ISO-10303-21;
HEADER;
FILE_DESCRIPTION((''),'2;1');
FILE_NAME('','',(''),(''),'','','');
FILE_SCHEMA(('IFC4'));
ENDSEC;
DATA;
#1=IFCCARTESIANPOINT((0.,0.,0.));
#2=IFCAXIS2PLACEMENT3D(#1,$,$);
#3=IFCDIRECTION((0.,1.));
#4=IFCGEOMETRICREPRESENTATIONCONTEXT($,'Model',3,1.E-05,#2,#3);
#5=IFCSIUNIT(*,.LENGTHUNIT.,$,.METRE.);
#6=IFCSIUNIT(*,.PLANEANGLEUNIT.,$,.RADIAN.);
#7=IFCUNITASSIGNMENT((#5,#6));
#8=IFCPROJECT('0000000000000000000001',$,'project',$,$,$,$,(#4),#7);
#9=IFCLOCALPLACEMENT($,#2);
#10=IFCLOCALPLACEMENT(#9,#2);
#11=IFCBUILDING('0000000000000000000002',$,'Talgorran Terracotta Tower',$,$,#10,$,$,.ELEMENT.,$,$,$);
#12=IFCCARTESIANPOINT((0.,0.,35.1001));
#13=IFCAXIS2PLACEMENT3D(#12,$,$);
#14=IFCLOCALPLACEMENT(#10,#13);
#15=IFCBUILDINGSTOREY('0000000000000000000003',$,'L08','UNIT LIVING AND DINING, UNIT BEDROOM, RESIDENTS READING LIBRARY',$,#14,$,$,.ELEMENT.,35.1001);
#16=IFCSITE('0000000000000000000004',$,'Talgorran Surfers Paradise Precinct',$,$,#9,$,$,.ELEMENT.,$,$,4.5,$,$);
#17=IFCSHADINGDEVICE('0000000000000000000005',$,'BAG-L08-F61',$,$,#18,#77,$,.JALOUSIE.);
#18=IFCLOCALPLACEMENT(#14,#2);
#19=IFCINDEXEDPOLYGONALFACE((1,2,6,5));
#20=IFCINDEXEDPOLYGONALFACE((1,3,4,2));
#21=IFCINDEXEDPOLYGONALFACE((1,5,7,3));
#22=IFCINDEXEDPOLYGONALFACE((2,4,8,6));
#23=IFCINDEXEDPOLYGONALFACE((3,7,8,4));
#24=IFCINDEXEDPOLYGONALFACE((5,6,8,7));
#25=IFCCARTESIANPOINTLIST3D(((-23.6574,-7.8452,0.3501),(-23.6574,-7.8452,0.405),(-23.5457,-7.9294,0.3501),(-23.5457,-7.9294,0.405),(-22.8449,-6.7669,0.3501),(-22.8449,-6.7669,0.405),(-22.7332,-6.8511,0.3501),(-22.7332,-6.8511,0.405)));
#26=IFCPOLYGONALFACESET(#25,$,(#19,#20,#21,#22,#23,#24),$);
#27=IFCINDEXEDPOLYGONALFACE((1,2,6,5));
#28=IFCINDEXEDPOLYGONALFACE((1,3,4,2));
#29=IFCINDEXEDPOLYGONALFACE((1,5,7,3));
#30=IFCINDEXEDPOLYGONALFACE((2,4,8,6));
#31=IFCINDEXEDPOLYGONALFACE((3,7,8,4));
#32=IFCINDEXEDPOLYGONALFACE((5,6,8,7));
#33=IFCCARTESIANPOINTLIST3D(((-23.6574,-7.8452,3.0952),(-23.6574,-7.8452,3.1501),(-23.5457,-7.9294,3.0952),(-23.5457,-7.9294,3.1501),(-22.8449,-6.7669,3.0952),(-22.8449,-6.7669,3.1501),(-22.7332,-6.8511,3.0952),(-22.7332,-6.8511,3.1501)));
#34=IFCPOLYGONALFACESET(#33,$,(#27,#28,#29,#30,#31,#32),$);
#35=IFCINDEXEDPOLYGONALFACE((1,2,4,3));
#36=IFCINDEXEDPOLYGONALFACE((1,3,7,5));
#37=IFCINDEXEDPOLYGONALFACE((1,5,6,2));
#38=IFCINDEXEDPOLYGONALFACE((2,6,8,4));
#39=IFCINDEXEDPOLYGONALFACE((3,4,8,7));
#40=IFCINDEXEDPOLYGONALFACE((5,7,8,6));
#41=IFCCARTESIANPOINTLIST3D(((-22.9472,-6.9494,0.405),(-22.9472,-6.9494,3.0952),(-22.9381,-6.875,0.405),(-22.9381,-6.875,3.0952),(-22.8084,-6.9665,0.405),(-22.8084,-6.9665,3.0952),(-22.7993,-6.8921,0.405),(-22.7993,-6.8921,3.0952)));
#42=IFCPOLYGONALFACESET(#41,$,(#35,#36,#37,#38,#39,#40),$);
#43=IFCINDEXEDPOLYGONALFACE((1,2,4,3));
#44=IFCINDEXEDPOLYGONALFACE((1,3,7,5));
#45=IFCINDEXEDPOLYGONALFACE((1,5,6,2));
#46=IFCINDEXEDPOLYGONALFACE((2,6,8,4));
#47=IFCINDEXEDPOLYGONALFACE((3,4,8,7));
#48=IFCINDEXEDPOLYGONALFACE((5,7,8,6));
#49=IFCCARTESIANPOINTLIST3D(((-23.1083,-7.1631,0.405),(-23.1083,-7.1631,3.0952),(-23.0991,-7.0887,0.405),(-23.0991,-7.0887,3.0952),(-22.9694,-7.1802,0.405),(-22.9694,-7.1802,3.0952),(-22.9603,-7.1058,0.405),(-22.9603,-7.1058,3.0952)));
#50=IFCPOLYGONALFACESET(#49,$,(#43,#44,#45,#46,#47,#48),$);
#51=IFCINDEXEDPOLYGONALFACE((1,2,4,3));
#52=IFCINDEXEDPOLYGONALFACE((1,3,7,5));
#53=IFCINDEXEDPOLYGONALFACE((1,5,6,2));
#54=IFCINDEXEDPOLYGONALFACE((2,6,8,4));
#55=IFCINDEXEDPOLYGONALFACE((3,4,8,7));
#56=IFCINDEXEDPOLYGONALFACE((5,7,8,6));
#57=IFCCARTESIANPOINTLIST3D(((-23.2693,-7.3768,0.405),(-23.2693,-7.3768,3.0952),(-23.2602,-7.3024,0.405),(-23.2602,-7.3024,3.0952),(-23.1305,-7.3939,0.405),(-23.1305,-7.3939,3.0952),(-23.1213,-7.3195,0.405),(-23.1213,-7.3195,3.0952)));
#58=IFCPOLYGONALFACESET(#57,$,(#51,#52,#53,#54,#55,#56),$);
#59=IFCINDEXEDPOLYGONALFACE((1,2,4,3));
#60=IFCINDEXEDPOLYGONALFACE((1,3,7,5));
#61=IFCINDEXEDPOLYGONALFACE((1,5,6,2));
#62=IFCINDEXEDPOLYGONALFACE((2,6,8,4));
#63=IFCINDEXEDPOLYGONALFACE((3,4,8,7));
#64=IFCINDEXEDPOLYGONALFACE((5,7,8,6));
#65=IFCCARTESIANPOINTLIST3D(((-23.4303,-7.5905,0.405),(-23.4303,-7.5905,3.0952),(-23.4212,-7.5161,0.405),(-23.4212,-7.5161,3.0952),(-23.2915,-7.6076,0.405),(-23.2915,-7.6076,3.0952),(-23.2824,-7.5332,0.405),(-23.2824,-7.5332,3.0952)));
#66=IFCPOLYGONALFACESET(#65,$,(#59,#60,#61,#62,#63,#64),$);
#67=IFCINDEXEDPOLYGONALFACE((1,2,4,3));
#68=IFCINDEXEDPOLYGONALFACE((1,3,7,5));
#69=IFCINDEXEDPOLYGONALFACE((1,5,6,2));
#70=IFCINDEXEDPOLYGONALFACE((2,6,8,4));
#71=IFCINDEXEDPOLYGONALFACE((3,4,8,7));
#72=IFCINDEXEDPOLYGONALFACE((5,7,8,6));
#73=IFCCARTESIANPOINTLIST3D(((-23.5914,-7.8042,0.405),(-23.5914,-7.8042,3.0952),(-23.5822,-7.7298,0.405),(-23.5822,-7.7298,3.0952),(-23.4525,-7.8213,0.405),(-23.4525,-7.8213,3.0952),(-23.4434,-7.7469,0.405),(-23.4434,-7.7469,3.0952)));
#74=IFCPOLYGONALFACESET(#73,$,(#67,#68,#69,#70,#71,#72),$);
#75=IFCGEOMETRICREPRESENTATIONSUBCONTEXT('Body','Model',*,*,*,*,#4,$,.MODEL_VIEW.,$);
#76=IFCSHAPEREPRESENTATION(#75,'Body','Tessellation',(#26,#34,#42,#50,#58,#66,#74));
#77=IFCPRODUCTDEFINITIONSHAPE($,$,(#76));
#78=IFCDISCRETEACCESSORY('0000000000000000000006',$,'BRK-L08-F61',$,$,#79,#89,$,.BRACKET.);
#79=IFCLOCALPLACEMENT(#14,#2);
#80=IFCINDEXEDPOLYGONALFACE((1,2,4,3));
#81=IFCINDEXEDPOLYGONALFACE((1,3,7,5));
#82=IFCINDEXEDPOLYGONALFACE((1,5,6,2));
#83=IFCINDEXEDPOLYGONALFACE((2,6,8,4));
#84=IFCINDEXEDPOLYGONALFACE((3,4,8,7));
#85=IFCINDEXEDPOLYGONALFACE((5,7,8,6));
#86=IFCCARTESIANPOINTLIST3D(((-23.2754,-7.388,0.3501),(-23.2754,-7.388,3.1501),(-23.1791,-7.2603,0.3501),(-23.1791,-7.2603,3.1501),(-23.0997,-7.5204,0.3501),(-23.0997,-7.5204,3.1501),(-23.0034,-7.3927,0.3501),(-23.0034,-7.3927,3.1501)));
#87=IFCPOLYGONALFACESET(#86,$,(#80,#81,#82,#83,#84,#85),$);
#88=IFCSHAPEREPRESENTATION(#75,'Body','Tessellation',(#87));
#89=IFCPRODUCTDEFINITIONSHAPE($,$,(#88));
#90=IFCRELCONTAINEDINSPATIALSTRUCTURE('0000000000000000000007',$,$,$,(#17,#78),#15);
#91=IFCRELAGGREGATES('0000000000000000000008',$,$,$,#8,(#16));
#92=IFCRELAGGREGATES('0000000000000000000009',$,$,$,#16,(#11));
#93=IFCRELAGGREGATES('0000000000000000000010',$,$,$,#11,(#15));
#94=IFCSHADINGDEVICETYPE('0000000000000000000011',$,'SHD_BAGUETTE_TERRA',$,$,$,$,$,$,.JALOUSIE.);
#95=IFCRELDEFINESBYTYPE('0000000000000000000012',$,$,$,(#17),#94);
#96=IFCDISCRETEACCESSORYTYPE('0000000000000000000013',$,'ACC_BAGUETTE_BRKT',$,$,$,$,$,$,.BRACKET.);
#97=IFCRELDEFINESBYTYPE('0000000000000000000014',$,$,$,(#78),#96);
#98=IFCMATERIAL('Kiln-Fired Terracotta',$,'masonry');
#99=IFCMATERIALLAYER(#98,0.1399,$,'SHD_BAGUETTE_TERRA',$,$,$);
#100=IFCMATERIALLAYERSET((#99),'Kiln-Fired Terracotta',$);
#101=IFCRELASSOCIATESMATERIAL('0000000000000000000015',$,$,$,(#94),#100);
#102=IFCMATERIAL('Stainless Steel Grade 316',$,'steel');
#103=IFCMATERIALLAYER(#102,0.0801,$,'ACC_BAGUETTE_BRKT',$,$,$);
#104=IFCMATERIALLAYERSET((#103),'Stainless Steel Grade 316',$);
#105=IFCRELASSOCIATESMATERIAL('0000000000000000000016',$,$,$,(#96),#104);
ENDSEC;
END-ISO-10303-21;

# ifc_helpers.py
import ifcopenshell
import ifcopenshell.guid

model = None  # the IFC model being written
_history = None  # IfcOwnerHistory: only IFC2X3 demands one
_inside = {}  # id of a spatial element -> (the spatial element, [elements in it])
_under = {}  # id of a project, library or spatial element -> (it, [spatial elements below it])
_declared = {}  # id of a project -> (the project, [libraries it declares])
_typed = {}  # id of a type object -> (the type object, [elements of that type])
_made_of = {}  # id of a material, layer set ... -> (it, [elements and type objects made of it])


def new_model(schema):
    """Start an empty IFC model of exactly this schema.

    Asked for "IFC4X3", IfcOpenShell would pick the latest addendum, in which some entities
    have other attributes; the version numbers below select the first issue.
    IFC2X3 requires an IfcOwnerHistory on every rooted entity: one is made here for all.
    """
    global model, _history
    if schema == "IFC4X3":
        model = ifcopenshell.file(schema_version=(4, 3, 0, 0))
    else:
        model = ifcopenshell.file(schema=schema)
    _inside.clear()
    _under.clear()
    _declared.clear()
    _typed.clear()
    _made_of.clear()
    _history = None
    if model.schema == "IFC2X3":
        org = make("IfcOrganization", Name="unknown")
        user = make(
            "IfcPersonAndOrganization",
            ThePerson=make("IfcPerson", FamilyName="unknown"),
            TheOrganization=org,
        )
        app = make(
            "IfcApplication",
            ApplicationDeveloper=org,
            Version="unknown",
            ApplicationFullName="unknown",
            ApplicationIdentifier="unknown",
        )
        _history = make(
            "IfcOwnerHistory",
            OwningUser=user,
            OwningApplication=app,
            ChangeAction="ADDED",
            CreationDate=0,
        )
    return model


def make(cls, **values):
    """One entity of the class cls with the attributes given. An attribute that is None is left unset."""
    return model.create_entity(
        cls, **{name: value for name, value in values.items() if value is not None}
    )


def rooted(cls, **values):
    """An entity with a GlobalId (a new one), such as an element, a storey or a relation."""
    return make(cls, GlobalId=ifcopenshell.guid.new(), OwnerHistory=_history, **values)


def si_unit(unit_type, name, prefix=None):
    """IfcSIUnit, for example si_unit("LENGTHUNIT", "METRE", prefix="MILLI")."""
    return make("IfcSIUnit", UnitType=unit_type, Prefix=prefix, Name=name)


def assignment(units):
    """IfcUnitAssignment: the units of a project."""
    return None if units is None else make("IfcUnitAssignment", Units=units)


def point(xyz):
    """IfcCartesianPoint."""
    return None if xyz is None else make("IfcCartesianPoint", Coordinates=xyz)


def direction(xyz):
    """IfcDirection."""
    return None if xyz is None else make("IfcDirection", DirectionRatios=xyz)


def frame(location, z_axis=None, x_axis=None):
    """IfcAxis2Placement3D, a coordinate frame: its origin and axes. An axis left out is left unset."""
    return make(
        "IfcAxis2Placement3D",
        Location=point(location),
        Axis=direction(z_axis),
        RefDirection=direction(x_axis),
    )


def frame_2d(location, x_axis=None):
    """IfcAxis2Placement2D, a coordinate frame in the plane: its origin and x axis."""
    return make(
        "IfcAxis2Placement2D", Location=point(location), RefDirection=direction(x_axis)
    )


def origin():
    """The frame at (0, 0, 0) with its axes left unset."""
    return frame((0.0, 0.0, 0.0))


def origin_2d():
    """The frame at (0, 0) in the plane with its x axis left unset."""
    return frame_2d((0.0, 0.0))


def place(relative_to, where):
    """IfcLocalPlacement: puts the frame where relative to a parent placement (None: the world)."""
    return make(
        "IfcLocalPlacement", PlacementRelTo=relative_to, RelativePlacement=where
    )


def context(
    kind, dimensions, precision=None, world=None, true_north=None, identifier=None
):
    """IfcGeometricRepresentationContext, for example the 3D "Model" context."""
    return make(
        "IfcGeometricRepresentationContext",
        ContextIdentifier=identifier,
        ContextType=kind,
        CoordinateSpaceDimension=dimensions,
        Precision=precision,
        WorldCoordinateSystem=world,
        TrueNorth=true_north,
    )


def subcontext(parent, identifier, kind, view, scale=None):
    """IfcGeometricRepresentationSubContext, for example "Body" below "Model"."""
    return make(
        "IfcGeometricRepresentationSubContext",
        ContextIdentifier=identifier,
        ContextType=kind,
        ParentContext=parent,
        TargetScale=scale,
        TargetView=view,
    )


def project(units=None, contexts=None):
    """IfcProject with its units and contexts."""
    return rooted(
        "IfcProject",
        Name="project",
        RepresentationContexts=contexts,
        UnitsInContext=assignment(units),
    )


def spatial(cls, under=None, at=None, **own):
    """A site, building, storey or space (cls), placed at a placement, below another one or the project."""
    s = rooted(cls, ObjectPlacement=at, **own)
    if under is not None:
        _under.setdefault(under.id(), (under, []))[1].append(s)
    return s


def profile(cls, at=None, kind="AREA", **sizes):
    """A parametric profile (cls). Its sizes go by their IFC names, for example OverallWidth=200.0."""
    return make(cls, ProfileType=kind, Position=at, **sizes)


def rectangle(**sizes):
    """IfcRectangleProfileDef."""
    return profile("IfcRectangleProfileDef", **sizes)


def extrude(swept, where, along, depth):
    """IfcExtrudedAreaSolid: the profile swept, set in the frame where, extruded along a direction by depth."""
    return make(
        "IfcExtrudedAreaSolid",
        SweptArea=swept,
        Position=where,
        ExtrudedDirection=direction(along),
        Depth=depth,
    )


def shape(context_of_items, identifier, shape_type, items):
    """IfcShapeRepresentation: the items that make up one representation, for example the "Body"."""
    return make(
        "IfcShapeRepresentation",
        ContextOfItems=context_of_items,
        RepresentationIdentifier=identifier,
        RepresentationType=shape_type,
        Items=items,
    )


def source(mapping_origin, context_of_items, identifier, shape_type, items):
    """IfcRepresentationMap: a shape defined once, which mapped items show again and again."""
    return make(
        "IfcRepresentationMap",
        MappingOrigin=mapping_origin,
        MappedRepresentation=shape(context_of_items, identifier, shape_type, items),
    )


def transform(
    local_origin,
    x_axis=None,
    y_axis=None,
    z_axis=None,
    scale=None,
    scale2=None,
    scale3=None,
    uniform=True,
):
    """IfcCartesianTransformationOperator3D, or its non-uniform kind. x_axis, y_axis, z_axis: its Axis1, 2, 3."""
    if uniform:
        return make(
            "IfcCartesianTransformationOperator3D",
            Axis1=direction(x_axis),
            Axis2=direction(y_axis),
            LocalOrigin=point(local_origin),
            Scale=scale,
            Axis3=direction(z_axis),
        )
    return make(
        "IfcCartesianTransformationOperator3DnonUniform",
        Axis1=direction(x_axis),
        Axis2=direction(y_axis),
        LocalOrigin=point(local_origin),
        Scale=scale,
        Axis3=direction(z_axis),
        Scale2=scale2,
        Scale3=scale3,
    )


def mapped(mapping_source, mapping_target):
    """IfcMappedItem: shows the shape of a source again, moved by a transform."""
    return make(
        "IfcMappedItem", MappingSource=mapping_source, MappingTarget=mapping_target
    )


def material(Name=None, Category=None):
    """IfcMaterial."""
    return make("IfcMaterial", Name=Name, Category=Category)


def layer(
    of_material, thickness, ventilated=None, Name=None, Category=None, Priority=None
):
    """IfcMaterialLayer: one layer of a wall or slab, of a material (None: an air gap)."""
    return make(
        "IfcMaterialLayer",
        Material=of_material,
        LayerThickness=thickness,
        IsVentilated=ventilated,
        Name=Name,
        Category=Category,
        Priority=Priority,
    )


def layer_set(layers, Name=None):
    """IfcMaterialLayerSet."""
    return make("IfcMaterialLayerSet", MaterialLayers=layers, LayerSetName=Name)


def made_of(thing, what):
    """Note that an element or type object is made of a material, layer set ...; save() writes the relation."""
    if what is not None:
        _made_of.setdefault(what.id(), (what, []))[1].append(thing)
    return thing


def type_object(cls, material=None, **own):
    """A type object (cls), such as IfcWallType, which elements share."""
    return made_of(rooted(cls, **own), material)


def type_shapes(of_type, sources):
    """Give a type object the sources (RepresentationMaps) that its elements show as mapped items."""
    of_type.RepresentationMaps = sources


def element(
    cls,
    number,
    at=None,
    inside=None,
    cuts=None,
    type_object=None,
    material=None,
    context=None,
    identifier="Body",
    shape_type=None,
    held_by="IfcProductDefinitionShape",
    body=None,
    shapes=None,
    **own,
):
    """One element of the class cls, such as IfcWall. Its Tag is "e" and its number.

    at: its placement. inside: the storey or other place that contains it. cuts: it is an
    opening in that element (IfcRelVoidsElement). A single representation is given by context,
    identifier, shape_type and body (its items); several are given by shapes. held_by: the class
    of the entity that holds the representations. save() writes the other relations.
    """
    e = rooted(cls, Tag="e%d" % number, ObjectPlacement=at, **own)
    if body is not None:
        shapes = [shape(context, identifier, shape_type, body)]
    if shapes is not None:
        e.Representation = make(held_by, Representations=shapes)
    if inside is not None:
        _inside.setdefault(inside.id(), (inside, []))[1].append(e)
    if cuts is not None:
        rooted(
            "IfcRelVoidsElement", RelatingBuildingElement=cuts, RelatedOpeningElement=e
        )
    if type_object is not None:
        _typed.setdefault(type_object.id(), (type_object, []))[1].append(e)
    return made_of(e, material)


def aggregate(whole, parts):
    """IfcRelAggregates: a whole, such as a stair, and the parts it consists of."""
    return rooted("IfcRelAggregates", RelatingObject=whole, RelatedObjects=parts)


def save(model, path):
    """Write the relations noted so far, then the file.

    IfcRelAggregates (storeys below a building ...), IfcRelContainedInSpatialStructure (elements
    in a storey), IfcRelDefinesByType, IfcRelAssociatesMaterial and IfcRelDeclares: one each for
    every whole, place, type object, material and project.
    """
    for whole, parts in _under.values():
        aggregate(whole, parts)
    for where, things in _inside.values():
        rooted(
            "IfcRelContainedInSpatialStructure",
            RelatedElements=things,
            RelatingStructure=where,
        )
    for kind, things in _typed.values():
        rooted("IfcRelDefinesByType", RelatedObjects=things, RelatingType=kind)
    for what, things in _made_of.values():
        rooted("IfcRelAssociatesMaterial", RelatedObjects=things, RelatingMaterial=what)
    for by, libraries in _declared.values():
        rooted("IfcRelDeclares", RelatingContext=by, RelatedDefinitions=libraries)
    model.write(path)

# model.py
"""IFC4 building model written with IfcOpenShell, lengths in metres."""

from ifc_helpers import new_model, si_unit, direction, frame, origin, origin_2d, place, context, subcontext, project, spatial, rectangle, extrude, source, transform, mapped, material, layer, layer_set, type_object, type_shapes, element, save


model = new_model("IFC4")

# Units and contexts
model_context = context("Model", 3, precision=1e-05, world=origin(), true_north=direction((0.0, 1.0)))
body_context = subcontext(model_context, "Body", "Model", "MODEL_VIEW")
ifc_project = project(units=[si_unit("LENGTHUNIT", "METRE"), si_unit("PLANEANGLEUNIT", "RADIAN")], contexts=[model_context])

# Site, building, storey
site_placement = place(None, origin())
site = spatial("IfcSite", under=ifc_project, at=site_placement, Name="Talgorran Surfers Paradise Precinct", CompositionType="ELEMENT", RefElevation=4.5)
building_placement = place(site_placement, origin())
building = spatial("IfcBuilding", under=site, at=building_placement, Name="Talgorran Terracotta Tower", CompositionType="ELEMENT")
storey_placement = place(building_placement, frame((0.0, 0.0, 35.1001)))
storey = spatial("IfcBuildingStorey", under=building, at=storey_placement, Name="L08", Description="UNIT LIVING AND DINING, UNIT BEDROOM, RESIDENTS READING LIBRARY", CompositionType="ELEMENT", Elevation=35.1001)

# Shading device
ifc_material_1 = material(Name="Kiln-Fired Terracotta", Category="masonry")
ifc_layer_1 = layer(ifc_material_1, 0.1399, Name="SHD_BAGUETTE_TERRA")
ifc_layer_set_1 = layer_set([ifc_layer_1], Name="Kiln-Fired Terracotta")
shading_device_type = type_object("IfcShadingDeviceType", Name="SHD_BAGUETTE_TERRA", PredefinedType="JALOUSIE", material=ifc_layer_set_1)
shared_shape_1 = source(origin(), body_context, "Body", "SweptSolid", [
    extrude(rectangle(XDim=1.3501, YDim=0.1399, at=origin_2d()), origin(), (0.0, 0.0, 1.0), 0.0549),
    extrude(rectangle(XDim=1.3501, YDim=0.1399, at=origin_2d()), frame((0.0, 0.0, 2.7451)), (0.0, 0.0, 1.0), 0.0549),
    extrude(rectangle(XDim=0.075, YDim=0.1399, at=origin_2d()), frame((-0.5352, 0.0, 0.0549), z_axis=(0.0, 0.0, 1.0), x_axis=(0.866025, 0.5, 0.0)), (0.0, 0.0, 1.0), 2.6902),
    extrude(rectangle(XDim=0.075, YDim=0.1399, at=origin_2d()), frame((-0.2676, 0.0, 0.0549), z_axis=(0.0, 0.0, 1.0), x_axis=(0.866025, 0.5, 0.0)), (0.0, 0.0, 1.0), 2.6902),
    extrude(rectangle(XDim=0.075, YDim=0.1399, at=origin_2d()), frame((0.0, 0.0, 0.0549), z_axis=(0.0, 0.0, 1.0), x_axis=(0.866025, 0.5, 0.0)), (0.0, 0.0, 1.0), 2.6902),
    extrude(rectangle(XDim=0.075, YDim=0.1399, at=origin_2d()), frame((0.2676, 0.0, 0.0549), z_axis=(0.0, 0.0, 1.0), x_axis=(0.866025, 0.5, 0.0)), (0.0, 0.0, 1.0), 2.6902),
    extrude(rectangle(XDim=0.075, YDim=0.1399, at=origin_2d()), frame((0.5352, 0.0, 0.0549), z_axis=(0.0, 0.0, 1.0), x_axis=(0.866025, 0.5, 0.0)), (0.0, 0.0, 1.0), 2.6902),
])
type_shapes(shading_device_type, [shared_shape_1])
shading_device_placement = place(storey_placement, frame((-23.1953, -7.3481, 0.3501), z_axis=(0.0, 0.0, 1.0), x_axis=(-0.601815, -0.798636, 0.0)))
element("IfcShadingDevice", 1, at=shading_device_placement, inside=storey, type_object=shading_device_type, Name="BAG-L08-F61", PredefinedType="JALOUSIE", context=body_context, shape_type="MappedRepresentation", body=[
    mapped(shared_shape_1, transform((0.0, 0.0, 0.0), scale=1.0)),
])

# Discrete accessory
ifc_material_2 = material(Name="Stainless Steel Grade 316", Category="steel")
ifc_layer_2 = layer(ifc_material_2, 0.0801, Name="ACC_BAGUETTE_BRKT")
ifc_layer_set_2 = layer_set([ifc_layer_2], Name="Stainless Steel Grade 316")
discrete_accessory_type = type_object("IfcDiscreteAccessoryType", Name="ACC_BAGUETTE_BRKT", PredefinedType="BRACKET", material=ifc_layer_set_2)
shared_shape_2 = source(origin(), body_context, "Body", "SweptSolid", [
    extrude(rectangle(XDim=0.1599, YDim=0.22, at=origin_2d()), origin(), (0.0, 0.0, 1.0), 2.8),
])
type_shapes(discrete_accessory_type, [shared_shape_2])
discrete_accessory_placement = place(storey_placement, frame((-23.1394, -7.3904, 0.3501), z_axis=(0.0, 0.0, 1.0), x_axis=(-0.601815, -0.798636, 0.0)))
element("IfcDiscreteAccessory", 2, at=discrete_accessory_placement, inside=storey, type_object=discrete_accessory_type, Name="BRK-L08-F61", PredefinedType="BRACKET", context=body_context, shape_type="MappedRepresentation", body=[
    mapped(shared_shape_2, transform((0.0, 0.0, 0.0), scale=1.0)),
])

save(model, "model.ifc")
